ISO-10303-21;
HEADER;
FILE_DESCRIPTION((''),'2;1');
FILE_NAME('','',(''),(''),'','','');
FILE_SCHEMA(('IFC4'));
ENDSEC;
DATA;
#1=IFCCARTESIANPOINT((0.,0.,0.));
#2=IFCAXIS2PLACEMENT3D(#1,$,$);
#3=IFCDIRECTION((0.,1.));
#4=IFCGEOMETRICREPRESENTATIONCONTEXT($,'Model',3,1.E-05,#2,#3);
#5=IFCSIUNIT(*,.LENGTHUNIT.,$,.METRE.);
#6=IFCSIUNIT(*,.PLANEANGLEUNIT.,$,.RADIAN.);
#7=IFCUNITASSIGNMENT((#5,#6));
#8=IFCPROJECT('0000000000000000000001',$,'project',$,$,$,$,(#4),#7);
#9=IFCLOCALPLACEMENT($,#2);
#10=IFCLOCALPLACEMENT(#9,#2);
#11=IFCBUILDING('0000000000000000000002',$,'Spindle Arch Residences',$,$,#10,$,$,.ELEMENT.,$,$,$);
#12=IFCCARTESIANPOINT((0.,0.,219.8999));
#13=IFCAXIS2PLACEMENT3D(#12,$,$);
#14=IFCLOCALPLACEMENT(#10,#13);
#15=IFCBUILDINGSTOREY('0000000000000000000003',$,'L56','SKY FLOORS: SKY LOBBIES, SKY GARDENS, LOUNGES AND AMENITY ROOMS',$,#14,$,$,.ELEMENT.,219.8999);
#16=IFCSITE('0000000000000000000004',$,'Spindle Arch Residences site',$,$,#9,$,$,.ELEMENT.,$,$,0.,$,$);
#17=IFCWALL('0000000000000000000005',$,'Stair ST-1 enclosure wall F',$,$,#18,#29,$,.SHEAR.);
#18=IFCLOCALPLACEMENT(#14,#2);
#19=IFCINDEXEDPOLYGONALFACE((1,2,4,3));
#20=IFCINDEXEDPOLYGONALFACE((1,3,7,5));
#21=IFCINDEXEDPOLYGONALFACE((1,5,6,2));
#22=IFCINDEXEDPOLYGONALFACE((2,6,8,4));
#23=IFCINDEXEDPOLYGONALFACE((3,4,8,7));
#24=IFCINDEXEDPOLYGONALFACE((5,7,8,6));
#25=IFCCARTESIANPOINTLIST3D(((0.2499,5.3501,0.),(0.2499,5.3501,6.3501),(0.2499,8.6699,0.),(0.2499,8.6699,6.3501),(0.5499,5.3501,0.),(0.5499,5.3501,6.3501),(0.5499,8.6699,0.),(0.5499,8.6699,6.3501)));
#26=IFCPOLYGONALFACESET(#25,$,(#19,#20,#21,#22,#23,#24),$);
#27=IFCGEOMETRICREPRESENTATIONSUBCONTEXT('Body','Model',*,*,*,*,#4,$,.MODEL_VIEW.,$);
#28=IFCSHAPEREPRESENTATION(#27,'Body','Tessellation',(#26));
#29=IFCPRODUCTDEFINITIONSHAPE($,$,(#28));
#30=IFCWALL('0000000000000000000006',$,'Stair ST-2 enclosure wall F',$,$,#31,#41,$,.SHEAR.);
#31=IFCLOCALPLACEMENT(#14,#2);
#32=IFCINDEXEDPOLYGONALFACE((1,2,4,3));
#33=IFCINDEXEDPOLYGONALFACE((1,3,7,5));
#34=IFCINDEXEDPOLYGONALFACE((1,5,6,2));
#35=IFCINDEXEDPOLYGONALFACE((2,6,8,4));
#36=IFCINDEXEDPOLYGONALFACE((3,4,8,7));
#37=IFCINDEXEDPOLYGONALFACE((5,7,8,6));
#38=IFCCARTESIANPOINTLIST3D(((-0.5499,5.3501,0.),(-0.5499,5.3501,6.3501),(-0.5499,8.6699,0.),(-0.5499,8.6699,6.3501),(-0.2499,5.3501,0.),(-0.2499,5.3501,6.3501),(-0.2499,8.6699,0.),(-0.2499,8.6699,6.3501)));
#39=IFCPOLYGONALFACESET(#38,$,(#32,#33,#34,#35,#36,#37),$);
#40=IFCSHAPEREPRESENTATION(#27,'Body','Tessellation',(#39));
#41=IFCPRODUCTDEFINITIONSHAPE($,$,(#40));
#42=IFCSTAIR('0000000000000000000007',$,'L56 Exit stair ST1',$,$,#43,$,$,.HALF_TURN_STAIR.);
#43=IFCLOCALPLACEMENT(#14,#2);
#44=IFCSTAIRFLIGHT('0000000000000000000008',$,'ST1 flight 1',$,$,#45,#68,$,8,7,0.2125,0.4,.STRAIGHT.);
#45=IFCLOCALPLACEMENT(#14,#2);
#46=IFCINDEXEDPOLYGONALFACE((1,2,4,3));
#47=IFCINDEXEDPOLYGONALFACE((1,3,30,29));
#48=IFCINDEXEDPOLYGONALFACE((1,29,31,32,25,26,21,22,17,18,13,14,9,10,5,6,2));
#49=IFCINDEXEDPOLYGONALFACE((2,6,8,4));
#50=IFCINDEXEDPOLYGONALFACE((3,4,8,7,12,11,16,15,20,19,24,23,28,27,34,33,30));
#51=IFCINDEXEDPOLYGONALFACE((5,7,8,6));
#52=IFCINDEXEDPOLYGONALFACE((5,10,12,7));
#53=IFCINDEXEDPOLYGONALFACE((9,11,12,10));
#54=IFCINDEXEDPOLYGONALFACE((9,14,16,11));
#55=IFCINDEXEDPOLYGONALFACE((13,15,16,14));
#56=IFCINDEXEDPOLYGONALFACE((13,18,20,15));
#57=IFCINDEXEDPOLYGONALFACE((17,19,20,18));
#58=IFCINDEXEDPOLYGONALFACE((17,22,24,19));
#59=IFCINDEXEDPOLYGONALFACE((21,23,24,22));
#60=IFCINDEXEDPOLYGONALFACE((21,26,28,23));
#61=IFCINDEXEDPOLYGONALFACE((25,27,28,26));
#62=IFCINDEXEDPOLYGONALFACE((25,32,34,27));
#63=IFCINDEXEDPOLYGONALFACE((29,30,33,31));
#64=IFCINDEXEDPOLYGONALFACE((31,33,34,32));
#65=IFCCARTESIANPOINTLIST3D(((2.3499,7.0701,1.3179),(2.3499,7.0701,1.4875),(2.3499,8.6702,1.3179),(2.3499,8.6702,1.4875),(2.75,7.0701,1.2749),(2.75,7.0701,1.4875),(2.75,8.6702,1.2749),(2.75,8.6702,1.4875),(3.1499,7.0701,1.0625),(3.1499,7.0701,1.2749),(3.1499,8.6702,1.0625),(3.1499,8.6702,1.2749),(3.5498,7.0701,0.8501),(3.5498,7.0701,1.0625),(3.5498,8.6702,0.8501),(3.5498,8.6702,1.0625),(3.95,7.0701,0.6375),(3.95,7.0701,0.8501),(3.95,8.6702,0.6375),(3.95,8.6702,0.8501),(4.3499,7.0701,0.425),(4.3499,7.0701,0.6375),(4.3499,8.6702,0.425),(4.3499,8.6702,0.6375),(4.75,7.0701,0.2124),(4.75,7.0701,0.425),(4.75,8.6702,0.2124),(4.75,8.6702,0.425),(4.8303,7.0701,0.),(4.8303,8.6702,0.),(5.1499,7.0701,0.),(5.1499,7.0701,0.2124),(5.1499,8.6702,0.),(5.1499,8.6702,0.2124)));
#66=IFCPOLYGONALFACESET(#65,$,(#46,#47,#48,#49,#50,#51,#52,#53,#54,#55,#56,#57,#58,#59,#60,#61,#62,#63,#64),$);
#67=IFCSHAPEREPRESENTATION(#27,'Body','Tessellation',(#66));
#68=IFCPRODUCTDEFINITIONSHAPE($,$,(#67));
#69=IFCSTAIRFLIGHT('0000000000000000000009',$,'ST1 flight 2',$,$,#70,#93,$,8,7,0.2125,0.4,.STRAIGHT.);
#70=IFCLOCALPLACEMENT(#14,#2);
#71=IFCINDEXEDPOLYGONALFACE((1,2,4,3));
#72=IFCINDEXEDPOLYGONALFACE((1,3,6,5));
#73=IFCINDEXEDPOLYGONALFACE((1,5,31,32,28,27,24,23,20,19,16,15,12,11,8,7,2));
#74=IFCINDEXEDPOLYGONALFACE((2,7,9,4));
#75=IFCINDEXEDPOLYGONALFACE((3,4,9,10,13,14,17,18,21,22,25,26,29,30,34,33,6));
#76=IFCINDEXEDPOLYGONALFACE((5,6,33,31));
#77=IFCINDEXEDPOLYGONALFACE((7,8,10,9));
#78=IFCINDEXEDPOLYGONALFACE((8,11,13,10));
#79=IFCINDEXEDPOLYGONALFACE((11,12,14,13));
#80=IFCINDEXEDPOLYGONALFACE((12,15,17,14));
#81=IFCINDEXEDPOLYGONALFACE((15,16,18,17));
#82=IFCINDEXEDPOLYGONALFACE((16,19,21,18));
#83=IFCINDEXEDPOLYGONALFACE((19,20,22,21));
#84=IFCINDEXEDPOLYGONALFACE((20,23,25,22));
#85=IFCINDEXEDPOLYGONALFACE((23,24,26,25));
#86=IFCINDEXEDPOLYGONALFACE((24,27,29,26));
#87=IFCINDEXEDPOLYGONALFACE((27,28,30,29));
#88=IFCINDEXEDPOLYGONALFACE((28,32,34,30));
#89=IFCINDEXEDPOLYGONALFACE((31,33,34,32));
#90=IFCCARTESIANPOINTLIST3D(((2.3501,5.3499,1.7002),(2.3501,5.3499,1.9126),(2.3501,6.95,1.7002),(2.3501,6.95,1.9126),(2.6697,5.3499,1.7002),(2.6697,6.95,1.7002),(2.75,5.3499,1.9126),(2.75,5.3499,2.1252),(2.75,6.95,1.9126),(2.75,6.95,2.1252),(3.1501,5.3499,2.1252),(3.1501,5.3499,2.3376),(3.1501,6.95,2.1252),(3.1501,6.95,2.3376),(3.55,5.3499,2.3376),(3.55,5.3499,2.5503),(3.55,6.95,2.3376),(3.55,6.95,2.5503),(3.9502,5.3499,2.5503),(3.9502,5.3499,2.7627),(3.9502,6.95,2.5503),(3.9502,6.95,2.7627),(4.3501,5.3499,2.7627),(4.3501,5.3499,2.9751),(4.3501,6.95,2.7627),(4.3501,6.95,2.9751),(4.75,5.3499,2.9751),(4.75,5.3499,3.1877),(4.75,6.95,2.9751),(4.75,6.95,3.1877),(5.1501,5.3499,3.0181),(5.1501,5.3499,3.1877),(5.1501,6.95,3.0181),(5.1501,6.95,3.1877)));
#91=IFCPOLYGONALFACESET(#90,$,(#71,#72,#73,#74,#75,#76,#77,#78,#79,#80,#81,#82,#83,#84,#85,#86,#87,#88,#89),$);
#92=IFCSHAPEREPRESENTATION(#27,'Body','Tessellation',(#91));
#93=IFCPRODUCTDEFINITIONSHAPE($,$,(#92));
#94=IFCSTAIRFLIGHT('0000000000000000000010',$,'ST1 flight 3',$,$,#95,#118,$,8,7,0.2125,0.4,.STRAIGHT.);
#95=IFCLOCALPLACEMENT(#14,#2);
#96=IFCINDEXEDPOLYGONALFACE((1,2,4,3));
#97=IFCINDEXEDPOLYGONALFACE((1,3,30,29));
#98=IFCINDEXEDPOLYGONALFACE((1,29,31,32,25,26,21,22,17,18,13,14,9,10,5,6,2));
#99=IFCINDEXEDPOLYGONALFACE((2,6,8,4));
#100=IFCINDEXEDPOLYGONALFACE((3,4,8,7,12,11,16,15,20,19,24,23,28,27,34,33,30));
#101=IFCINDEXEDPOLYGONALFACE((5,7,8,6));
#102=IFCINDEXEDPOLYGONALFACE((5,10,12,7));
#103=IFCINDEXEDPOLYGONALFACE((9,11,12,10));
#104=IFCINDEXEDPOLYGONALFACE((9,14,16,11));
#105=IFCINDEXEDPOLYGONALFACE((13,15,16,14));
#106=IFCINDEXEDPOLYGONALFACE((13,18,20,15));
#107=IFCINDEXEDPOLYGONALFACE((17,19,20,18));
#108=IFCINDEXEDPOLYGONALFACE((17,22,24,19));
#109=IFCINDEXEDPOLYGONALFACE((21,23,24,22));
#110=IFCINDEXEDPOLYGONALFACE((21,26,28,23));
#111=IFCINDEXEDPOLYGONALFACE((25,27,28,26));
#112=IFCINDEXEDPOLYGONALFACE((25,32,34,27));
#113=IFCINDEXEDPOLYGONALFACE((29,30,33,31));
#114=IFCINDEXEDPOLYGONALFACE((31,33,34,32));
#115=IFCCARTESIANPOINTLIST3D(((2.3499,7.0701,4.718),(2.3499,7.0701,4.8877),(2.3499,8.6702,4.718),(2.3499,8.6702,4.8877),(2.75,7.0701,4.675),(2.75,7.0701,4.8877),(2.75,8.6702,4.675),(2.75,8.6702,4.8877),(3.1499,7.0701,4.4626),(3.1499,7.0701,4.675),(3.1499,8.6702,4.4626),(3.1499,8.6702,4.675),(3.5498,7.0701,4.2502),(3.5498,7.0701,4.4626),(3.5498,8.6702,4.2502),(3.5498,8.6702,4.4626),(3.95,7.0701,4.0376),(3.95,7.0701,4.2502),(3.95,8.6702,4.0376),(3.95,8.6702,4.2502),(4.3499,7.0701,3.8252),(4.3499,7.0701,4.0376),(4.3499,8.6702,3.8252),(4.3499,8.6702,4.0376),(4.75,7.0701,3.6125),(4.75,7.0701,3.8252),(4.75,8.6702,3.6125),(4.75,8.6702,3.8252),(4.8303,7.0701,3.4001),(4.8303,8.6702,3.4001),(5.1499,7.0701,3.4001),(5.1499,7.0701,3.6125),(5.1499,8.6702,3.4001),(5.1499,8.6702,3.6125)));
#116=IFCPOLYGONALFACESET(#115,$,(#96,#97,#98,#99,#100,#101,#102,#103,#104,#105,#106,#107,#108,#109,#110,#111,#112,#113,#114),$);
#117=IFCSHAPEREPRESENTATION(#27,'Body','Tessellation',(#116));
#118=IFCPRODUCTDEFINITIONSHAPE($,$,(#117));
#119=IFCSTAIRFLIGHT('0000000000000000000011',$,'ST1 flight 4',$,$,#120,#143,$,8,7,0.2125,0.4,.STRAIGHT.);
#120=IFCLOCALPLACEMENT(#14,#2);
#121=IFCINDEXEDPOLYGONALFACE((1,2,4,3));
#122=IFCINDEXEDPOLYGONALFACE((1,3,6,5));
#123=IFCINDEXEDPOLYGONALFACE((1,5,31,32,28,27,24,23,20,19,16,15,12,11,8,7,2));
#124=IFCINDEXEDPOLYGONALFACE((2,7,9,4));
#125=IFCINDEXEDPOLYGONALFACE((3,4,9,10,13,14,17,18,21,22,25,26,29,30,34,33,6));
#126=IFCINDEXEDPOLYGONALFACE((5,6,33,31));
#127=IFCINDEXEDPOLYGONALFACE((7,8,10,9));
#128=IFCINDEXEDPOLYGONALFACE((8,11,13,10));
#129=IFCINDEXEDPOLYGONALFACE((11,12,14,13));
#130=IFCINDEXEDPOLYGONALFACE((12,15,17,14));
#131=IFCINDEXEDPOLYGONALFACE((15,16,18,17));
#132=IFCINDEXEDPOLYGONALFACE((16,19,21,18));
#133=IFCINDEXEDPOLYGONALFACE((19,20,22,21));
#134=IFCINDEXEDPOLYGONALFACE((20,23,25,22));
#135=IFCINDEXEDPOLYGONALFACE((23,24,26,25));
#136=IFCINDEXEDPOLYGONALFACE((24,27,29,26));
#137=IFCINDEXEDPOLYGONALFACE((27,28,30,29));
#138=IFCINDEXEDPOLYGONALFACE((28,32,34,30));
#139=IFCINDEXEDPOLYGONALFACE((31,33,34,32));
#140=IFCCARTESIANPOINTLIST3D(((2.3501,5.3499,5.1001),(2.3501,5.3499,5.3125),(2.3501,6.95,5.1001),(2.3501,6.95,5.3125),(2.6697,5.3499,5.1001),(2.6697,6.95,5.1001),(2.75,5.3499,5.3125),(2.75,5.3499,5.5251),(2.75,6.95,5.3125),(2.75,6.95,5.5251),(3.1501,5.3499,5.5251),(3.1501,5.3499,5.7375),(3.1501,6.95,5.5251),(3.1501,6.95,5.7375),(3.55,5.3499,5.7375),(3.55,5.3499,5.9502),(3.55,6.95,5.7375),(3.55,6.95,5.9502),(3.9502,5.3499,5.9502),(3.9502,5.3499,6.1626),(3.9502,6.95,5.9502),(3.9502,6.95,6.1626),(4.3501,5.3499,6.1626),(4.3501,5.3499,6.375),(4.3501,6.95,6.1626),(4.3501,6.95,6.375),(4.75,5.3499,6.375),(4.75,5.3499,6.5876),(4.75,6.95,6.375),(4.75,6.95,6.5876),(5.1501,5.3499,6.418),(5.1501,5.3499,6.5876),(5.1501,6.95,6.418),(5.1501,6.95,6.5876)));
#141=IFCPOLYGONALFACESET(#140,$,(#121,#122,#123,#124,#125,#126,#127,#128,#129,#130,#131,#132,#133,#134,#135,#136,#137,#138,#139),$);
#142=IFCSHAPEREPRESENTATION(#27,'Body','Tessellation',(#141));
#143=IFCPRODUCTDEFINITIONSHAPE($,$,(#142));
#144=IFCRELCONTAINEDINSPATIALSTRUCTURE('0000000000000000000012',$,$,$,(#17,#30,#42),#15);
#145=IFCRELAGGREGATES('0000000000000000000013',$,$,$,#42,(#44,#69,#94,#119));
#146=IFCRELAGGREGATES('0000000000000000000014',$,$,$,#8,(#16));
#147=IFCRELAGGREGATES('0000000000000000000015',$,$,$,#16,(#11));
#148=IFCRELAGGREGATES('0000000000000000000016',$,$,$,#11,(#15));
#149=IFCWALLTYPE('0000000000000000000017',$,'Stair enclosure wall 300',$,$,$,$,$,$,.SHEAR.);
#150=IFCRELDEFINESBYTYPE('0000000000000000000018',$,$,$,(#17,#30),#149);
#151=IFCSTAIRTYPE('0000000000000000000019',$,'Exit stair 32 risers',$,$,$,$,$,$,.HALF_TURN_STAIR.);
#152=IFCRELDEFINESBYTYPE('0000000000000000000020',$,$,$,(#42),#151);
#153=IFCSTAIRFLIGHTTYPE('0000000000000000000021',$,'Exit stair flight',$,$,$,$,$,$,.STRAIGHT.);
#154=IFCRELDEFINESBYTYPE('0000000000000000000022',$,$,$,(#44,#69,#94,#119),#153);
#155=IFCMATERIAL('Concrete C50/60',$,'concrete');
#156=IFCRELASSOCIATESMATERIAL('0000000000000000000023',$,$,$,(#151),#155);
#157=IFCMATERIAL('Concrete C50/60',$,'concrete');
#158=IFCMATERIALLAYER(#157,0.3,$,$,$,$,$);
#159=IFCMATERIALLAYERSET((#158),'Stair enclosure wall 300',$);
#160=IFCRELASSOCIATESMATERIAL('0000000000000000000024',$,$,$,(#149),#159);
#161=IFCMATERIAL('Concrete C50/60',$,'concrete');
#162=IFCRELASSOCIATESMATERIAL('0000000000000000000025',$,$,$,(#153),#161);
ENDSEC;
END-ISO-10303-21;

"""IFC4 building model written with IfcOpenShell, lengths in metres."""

from ifc_helpers import new_model, si_unit, direction, frame, frame_2d, origin, place, context, subcontext, project, spatial, polyline, rectangle, outline, extrude, material, layer, layer_set, type_object, element, aggregate, save


model = new_model("IFC4")

# Units and contexts
model_context = context("Model", 3, precision=1e-05, world=origin(), true_north=direction((0.0, 1.0)))
body_context = subcontext(model_context, "Body", "Model", "MODEL_VIEW")
ifc_project = project(units=[si_unit("LENGTHUNIT", "METRE"), si_unit("PLANEANGLEUNIT", "RADIAN")], contexts=[model_context])

# Site, building, storey
site_placement = place(None, origin())
site = spatial("IfcSite", under=ifc_project, at=site_placement, Name="Spindle Arch Residences site", CompositionType="ELEMENT", RefElevation=0.0)
building_placement = place(site_placement, origin())
building = spatial("IfcBuilding", under=site, at=building_placement, Name="Spindle Arch Residences", CompositionType="ELEMENT")
storey_placement = place(building_placement, frame((0.0, 0.0, 219.8999)))
storey = spatial("IfcBuildingStorey", under=building, at=storey_placement, Name="L56", Description="SKY FLOORS: SKY LOBBIES, SKY GARDENS, LOUNGES AND AMENITY ROOMS", CompositionType="ELEMENT", Elevation=219.8999)

# Shared definitions
ifc_material_1 = material(Name="Concrete C50/60", Category="concrete")
stair_type = type_object("IfcStairType", Name="Exit stair 32 risers", PredefinedType="HALF_TURN_STAIR", material=ifc_material_1)

# Walls
ifc_material_2 = material(Name="Concrete C50/60", Category="concrete")
ifc_layer_1 = layer(ifc_material_2, 0.3)
ifc_layer_set_1 = layer_set([ifc_layer_1], Name="Stair enclosure wall 300")
wall_type_1 = type_object("IfcWallType", Name="Stair enclosure wall 300", PredefinedType="SHEAR", material=ifc_layer_set_1)
for number, where, z_axis, x_axis, name in (
    (1, (0.3999, 5.3501, 0.0), (0.0, 0.0, 1.0), (0.0, 1.0, 0.0), "Stair ST-1 enclosure wall F"),
    (2, (-0.3999, 5.3501, 0.0), (0.0, 0.0, 1.0), (0.0, 1.0, 0.0), "Stair ST-2 enclosure wall F"),
):
    element("IfcWall", number, at=place(storey_placement, frame(where, z_axis=z_axis, x_axis=x_axis)), inside=storey, type_object=wall_type_1, Name=name, PredefinedType="SHEAR", context=body_context, shape_type="SweptSolid", body=[
        extrude(rectangle(XDim=3.3198, YDim=0.3, at=frame_2d((1.6599, 0.0))), origin(), (0.0, 0.0, 1.0), 6.3501),
    ])

# Stair, stair flights
stair_1_placement = place(storey_placement, origin())
stair_1 = element("IfcStair", 3, at=stair_1_placement, inside=storey, type_object=stair_type, Name="L56 Exit stair ST1", PredefinedType="HALF_TURN_STAIR")
ifc_material_3 = material(Name="Concrete C50/60", Category="concrete")
stair_flight_type = type_object("IfcStairFlightType", Name="Exit stair flight", PredefinedType="STRAIGHT", material=ifc_material_3)
stair_flight_1_placement = place(storey_placement, frame((5.1499, 7.8701, 0.0), z_axis=(0.0, 0.0, 1.0), x_axis=(-1.0, 0.0, 0.0)))
stair_flight_1 = element("IfcStairFlight", 4, at=stair_flight_1_placement, type_object=stair_flight_type, Name="ST1 flight 1", NumberOfRisers=8, NumberOfTreads=7, PredefinedType="STRAIGHT", RiserHeight=0.2125, TreadLength=0.4, context=body_context, shape_type="SweptSolid", body=[
    extrude(outline(polyline([(0.0, 0.0), (0.0, 0.2124), (0.3999, 0.2124), (0.3999, 0.425), (0.8, 0.425), (0.8, 0.6375), (1.2, 0.6375), (1.2, 0.8501), (1.6001, 0.8501), (1.6001, 1.0625), (2.0, 1.0625), (2.0, 1.2749), (2.3999, 1.2749), (2.3999, 1.4875), (2.8, 1.4875), (2.8, 1.7), (2.8, 1.3179), (0.3196, 0.0), (0.0, 0.0)])), frame((0.0, 0.8, 0.0), z_axis=(0.0, -1.0, 0.0), x_axis=(1.0, 0.0, 0.0)), (0.0, 0.0, 1.0), 1.6001),
])
stair_flight_2_placement = place(storey_placement, frame((2.3501, 6.1499, 1.7002), z_axis=(0.0, 0.0, 1.0), x_axis=(1.0, 0.0, 0.0)))
stair_flight_2 = element("IfcStairFlight", 5, at=stair_flight_2_placement, type_object=stair_flight_type, Name="ST1 flight 2", NumberOfRisers=8, NumberOfTreads=7, PredefinedType="STRAIGHT", RiserHeight=0.2125, TreadLength=0.4, context=body_context, shape_type="SweptSolid", body=[
    extrude(outline(polyline([(0.0, 0.0), (0.0, 0.2124), (0.3999, 0.2124), (0.3999, 0.425), (0.8, 0.425), (0.8, 0.6375), (1.2, 0.6375), (1.2, 0.8501), (1.6001, 0.8501), (1.6001, 1.0625), (2.0, 1.0625), (2.0, 1.2749), (2.3999, 1.2749), (2.3999, 1.4875), (2.8, 1.4875), (2.8, 1.7), (2.8, 1.3179), (0.3196, 0.0), (0.0, 0.0)])), frame((0.0, 0.8, 0.0), z_axis=(0.0, -1.0, 0.0), x_axis=(1.0, 0.0, 0.0)), (0.0, 0.0, 1.0), 1.6001),
])
stair_flight_3_placement = place(storey_placement, frame((5.1499, 7.8701, 3.4001), z_axis=(0.0, 0.0, 1.0), x_axis=(-1.0, 0.0, 0.0)))
stair_flight_3 = element("IfcStairFlight", 6, at=stair_flight_3_placement, type_object=stair_flight_type, Name="ST1 flight 3", NumberOfRisers=8, NumberOfTreads=7, PredefinedType="STRAIGHT", RiserHeight=0.2125, TreadLength=0.4, context=body_context, shape_type="SweptSolid", body=[
    extrude(outline(polyline([(0.0, 0.0), (0.0, 0.2124), (0.3999, 0.2124), (0.3999, 0.425), (0.8, 0.425), (0.8, 0.6375), (1.2, 0.6375), (1.2, 0.8501), (1.6001, 0.8501), (1.6001, 1.0625), (2.0, 1.0625), (2.0, 1.2749), (2.3999, 1.2749), (2.3999, 1.4875), (2.8, 1.4875), (2.8, 1.7), (2.8, 1.3179), (0.3196, 0.0), (0.0, 0.0)])), frame((0.0, 0.8, 0.0), z_axis=(0.0, -1.0, 0.0), x_axis=(1.0, 0.0, 0.0)), (0.0, 0.0, 1.0), 1.6001),
])
stair_flight_4_placement = place(storey_placement, frame((2.3501, 6.1499, 5.1001), z_axis=(0.0, 0.0, 1.0), x_axis=(1.0, 0.0, 0.0)))
stair_flight_4 = element("IfcStairFlight", 7, at=stair_flight_4_placement, type_object=stair_flight_type, Name="ST1 flight 4", NumberOfRisers=8, NumberOfTreads=7, PredefinedType="STRAIGHT", RiserHeight=0.2125, TreadLength=0.4, context=body_context, shape_type="SweptSolid", body=[
    extrude(outline(polyline([(0.0, 0.0), (0.0, 0.2124), (0.3999, 0.2124), (0.3999, 0.425), (0.8, 0.425), (0.8, 0.6375), (1.2, 0.6375), (1.2, 0.8501), (1.6001, 0.8501), (1.6001, 1.0625), (2.0, 1.0625), (2.0, 1.2749), (2.3999, 1.2749), (2.3999, 1.4875), (2.8, 1.4875), (2.8, 1.7), (2.8, 1.3179), (0.3196, 0.0), (0.0, 0.0)])), frame((0.0, 0.8, 0.0), z_axis=(0.0, -1.0, 0.0), x_axis=(1.0, 0.0, 0.0)), (0.0, 0.0, 1.0), 1.6001),
])
aggregate(stair_1, [stair_flight_1, stair_flight_2, stair_flight_3, stair_flight_4])

save(model, "model.ifc")
